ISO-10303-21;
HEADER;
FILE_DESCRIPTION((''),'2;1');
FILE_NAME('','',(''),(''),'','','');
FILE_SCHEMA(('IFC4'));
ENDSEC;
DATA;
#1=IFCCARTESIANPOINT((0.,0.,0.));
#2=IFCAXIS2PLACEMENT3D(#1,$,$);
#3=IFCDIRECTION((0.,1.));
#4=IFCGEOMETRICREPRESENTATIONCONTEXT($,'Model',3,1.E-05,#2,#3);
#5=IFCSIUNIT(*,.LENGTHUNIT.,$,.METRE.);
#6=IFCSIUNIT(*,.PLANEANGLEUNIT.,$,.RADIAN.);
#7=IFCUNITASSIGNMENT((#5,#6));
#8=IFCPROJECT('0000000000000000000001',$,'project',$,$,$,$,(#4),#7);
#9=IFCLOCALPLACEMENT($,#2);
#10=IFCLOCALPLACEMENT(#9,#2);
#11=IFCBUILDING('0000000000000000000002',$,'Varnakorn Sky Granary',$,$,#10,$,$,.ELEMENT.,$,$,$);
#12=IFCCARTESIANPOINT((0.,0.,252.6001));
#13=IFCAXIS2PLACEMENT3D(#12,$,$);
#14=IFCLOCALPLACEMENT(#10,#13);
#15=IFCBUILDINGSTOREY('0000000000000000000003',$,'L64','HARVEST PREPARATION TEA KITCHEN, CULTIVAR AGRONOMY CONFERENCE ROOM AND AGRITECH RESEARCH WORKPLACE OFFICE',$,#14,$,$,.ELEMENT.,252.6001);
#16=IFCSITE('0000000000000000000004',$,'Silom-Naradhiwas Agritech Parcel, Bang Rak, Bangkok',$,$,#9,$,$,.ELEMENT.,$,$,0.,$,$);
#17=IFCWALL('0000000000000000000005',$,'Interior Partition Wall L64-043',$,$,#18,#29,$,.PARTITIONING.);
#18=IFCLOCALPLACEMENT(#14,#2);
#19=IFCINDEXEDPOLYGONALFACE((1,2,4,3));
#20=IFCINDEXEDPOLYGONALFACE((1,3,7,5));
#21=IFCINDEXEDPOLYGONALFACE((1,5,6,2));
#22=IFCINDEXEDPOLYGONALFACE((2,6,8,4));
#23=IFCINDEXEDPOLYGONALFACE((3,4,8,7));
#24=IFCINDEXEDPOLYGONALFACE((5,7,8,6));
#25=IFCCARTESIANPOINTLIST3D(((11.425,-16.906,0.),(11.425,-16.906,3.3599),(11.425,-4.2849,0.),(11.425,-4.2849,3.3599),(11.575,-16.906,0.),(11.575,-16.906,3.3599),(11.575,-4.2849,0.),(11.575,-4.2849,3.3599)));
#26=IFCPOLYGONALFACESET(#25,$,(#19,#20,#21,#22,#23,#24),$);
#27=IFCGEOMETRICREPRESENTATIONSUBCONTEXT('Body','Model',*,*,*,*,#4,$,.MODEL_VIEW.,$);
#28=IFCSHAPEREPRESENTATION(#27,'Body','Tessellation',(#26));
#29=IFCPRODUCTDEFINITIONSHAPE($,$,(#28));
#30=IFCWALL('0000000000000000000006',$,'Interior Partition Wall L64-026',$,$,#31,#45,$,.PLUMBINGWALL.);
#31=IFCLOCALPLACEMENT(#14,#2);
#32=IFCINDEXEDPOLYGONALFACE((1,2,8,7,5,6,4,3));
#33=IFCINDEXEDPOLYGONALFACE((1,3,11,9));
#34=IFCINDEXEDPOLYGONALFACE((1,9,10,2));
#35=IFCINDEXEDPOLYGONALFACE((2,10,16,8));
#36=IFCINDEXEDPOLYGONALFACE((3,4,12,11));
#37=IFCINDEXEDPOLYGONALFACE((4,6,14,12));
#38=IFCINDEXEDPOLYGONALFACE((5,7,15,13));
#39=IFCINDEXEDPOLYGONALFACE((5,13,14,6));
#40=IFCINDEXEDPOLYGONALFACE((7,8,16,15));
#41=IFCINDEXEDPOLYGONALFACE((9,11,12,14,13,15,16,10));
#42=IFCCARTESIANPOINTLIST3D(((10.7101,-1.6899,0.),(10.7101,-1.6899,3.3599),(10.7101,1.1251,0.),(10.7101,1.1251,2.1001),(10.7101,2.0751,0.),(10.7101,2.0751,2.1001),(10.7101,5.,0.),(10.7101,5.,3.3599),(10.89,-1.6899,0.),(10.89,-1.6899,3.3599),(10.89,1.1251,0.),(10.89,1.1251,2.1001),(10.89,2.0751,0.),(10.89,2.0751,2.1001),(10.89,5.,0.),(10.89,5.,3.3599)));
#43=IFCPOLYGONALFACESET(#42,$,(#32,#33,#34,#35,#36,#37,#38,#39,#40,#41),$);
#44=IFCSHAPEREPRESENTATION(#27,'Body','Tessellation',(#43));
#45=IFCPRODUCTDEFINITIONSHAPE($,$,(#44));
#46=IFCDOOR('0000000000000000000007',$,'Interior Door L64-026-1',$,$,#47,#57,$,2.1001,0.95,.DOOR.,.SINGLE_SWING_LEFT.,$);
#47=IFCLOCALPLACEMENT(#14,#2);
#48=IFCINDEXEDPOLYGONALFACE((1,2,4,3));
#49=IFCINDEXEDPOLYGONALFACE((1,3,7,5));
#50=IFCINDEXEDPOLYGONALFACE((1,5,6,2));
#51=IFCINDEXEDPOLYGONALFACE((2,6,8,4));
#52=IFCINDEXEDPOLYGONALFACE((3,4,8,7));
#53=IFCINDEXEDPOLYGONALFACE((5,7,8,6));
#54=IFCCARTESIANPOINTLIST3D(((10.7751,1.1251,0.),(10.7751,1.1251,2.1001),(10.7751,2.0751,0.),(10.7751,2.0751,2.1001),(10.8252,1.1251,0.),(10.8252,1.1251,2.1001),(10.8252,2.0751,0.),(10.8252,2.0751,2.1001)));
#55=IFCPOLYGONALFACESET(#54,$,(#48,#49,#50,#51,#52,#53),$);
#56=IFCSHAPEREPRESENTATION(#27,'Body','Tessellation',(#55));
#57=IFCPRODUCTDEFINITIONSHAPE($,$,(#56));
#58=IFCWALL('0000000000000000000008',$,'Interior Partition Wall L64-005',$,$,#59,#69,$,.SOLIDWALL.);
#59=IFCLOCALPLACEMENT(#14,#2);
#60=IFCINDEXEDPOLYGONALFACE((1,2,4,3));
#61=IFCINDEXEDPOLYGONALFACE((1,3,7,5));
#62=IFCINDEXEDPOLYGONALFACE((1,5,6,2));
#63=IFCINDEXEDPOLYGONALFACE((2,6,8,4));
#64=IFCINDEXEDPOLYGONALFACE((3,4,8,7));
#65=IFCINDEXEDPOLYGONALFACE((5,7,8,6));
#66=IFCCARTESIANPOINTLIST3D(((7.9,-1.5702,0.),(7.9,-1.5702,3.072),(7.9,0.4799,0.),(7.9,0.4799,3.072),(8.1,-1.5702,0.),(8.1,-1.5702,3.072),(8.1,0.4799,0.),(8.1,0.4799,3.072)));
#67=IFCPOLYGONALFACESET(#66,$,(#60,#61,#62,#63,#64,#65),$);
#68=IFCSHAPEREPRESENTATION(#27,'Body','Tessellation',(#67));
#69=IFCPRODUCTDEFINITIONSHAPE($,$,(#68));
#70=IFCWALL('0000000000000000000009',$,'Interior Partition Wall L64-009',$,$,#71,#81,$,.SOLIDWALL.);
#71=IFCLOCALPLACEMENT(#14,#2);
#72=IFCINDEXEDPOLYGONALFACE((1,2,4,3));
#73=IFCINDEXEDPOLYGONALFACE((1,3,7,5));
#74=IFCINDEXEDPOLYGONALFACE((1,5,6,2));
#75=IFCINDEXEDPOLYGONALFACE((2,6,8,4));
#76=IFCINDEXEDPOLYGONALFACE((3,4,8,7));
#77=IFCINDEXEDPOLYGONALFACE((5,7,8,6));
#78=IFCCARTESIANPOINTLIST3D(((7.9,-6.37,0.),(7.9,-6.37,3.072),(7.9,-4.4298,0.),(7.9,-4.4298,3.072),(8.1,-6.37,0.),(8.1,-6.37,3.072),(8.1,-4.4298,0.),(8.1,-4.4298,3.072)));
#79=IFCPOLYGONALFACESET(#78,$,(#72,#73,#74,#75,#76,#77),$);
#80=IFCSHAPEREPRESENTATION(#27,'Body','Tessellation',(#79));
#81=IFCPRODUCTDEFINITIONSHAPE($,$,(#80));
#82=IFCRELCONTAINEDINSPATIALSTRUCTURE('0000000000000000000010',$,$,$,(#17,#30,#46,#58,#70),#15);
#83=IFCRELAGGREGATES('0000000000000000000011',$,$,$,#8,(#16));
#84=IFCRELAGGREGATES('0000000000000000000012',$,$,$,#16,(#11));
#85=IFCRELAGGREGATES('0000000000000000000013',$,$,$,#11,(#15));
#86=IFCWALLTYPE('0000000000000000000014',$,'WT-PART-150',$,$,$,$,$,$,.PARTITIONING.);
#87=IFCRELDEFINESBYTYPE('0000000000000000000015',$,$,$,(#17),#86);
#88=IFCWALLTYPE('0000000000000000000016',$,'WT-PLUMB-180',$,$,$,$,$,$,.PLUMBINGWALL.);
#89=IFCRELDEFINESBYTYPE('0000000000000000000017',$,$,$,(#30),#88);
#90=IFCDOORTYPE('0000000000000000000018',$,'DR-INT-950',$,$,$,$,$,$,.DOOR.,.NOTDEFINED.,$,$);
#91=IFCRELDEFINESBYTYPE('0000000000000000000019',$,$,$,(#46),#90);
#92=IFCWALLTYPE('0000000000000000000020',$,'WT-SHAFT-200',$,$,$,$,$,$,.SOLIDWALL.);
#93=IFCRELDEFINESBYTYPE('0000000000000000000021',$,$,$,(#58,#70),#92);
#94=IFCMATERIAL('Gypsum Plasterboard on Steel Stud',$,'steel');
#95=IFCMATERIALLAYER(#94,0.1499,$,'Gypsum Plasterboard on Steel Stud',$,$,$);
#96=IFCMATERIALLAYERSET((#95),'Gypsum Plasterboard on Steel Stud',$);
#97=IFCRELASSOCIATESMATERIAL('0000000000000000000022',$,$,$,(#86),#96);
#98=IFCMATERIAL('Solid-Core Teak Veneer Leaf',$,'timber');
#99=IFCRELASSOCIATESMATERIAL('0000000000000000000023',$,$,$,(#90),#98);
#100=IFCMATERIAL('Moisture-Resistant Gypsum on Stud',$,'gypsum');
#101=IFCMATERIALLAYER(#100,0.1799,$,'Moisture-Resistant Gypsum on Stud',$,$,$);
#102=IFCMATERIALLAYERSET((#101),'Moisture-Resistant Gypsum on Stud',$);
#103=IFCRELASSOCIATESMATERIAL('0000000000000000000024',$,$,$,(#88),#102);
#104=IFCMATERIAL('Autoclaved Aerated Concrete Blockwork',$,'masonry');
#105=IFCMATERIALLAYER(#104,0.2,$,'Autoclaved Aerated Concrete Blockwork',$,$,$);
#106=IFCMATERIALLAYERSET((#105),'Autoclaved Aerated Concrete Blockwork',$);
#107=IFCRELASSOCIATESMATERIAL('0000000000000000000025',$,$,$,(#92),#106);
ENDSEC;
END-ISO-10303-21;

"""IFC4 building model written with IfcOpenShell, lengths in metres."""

from ifc_helpers import new_model, si_unit, direction, frame, frame_2d, origin, place, context, subcontext, project, spatial, rectangle, extrude, material, layer, layer_set, type_object, element, fill, save


model = new_model("IFC4")

# Units and contexts
model_context = context("Model", 3, precision=1e-05, world=origin(), true_north=direction((0.0, 1.0)))
body_context = subcontext(model_context, "Body", "Model", "MODEL_VIEW")
ifc_project = project(units=[si_unit("LENGTHUNIT", "METRE"), si_unit("PLANEANGLEUNIT", "RADIAN")], contexts=[model_context])

# Site, building, storey
site_placement = place(None, origin())
site = spatial("IfcSite", under=ifc_project, at=site_placement, Name="Silom-Naradhiwas Agritech Parcel, Bang Rak, Bangkok", CompositionType="ELEMENT", RefElevation=0.0)
building_placement = place(site_placement, origin())
building = spatial("IfcBuilding", under=site, at=building_placement, Name="Varnakorn Sky Granary", CompositionType="ELEMENT")
storey_placement = place(building_placement, frame((0.0, 0.0, 252.6001)))
storey = spatial("IfcBuildingStorey", under=building, at=storey_placement, Name="L64", Description="HARVEST PREPARATION TEA KITCHEN, CULTIVAR AGRONOMY CONFERENCE ROOM AND AGRITECH RESEARCH WORKPLACE OFFICE", CompositionType="ELEMENT", Elevation=252.6001)

# Shared definitions
ifc_material_1 = material(Name="Autoclaved Aerated Concrete Blockwork", Category="masonry")
ifc_material_2 = material(Name="Gypsum Plasterboard on Steel Stud", Category="steel")
ifc_layer_1 = layer(ifc_material_2, 0.1499, Name="Gypsum Plasterboard on Steel Stud")
ifc_layer_set_1 = layer_set([ifc_layer_1], Name="Gypsum Plasterboard on Steel Stud")
wall_type_1 = type_object("IfcWallType", Name="WT-PART-150", PredefinedType="PARTITIONING", material=ifc_layer_set_1)
ifc_material_3 = material(Name="Solid-Core Teak Veneer Leaf", Category="timber")
door_type_1 = type_object("IfcDoorType", Name="DR-INT-950", OperationType="NOTDEFINED", PredefinedType="DOOR", material=ifc_material_3)

# Wall
wall_1_placement = place(storey_placement, frame((11.5, -4.2849, 0.0), z_axis=(0.0, 0.0, 1.0), x_axis=(0.0, -1.0, 0.0)))
element("IfcWall", 1, at=wall_1_placement, inside=storey, type_object=wall_type_1, Name="Interior Partition Wall L64-043", PredefinedType="PARTITIONING", context=body_context, shape_type="SweptSolid", body=[
    extrude(rectangle(XDim=12.6211, YDim=0.1499, at=frame_2d((6.3105, 0.0))), origin(), (0.0, 0.0, 1.0), 3.3599),
])

# Wall, opening, door
ifc_material_4 = material(Name="Moisture-Resistant Gypsum on Stud", Category="gypsum")
ifc_layer_2 = layer(ifc_material_4, 0.1799, Name="Moisture-Resistant Gypsum on Stud")
ifc_layer_set_2 = layer_set([ifc_layer_2], Name="Moisture-Resistant Gypsum on Stud")
wall_type_2 = type_object("IfcWallType", Name="WT-PLUMB-180", PredefinedType="PLUMBINGWALL", material=ifc_layer_set_2)
wall_2_placement = place(storey_placement, frame((10.8, -1.6899, 0.0), z_axis=(0.0, 0.0, 1.0), x_axis=(0.0, 1.0, 0.0)))
wall_2 = element("IfcWall", 2, at=wall_2_placement, inside=storey, type_object=wall_type_2, Name="Interior Partition Wall L64-026", PredefinedType="PLUMBINGWALL", context=body_context, shape_type="SweptSolid", body=[
    extrude(rectangle(XDim=6.6899, YDim=0.1799, at=frame_2d((3.345, 0.0))), origin(), (0.0, 0.0, 1.0), 3.3599),
])
opening_1_placement = place(wall_2_placement, frame((2.8149, 0.0, 0.0)))
opening_1 = element("IfcOpeningElement", 3, at=opening_1_placement, cuts=wall_2, PredefinedType="OPENING", context=body_context, shape_type="SweptSolid", body=[
    extrude(rectangle(XDim=0.95, YDim=2.1001, at=frame_2d((0.4751, 1.05))), frame((0.0, 0.1001, 0.0), z_axis=(0.0, -1.0, 0.0), x_axis=(1.0, 0.0, 0.0)), (0.0, 0.0, 1.0), 0.2),
])
door_1_placement = place(opening_1_placement, origin())
door_1 = element("IfcDoor", 4, at=door_1_placement, inside=storey, type_object=door_type_1, Name="Interior Door L64-026-1", OperationType="SINGLE_SWING_LEFT", OverallHeight=2.1001, OverallWidth=0.95, PredefinedType="DOOR", context=body_context, shape_type="SweptSolid", body=[
    extrude(rectangle(XDim=0.95, YDim=2.1001, at=frame_2d((0.4751, 1.05))), frame((0.0, 0.0249, 0.0), z_axis=(0.0, -1.0, 0.0), x_axis=(1.0, 0.0, 0.0)), (0.0, 0.0, 1.0), 0.05),
])
fill(opening_1, door_1)

# Walls
ifc_layer_3 = layer(ifc_material_1, 0.2, Name="Autoclaved Aerated Concrete Blockwork")
ifc_layer_set_3 = layer_set([ifc_layer_3], Name="Autoclaved Aerated Concrete Blockwork")
wall_type_3 = type_object("IfcWallType", Name="WT-SHAFT-200", PredefinedType="SOLIDWALL", material=ifc_layer_set_3)
wall_3_placement = place(storey_placement, frame((8.0, -1.5701, 0.0), z_axis=(0.0, 0.0, 1.0), x_axis=(0.0, 1.0, 0.0)))
element("IfcWall", 5, at=wall_3_placement, inside=storey, type_object=wall_type_3, Name="Interior Partition Wall L64-005", PredefinedType="SOLIDWALL", context=body_context, shape_type="SweptSolid", body=[
    extrude(rectangle(XDim=2.05, YDim=0.2, at=frame_2d((1.0249, 0.0))), origin(), (0.0, 0.0, 1.0), 3.072),
])
wall_4_placement = place(storey_placement, frame((8.0, -6.3701, 0.0), z_axis=(0.0, 0.0, 1.0), x_axis=(0.0, 1.0, 0.0)))
element("IfcWall", 6, at=wall_4_placement, inside=storey, type_object=wall_type_3, Name="Interior Partition Wall L64-009", PredefinedType="SOLIDWALL", context=body_context, shape_type="SweptSolid", body=[
    extrude(rectangle(XDim=1.9402, YDim=0.2, at=frame_2d((0.9702, 0.0))), origin(), (0.0, 0.0, 1.0), 3.072),
])

save(model, "model.ifc")
